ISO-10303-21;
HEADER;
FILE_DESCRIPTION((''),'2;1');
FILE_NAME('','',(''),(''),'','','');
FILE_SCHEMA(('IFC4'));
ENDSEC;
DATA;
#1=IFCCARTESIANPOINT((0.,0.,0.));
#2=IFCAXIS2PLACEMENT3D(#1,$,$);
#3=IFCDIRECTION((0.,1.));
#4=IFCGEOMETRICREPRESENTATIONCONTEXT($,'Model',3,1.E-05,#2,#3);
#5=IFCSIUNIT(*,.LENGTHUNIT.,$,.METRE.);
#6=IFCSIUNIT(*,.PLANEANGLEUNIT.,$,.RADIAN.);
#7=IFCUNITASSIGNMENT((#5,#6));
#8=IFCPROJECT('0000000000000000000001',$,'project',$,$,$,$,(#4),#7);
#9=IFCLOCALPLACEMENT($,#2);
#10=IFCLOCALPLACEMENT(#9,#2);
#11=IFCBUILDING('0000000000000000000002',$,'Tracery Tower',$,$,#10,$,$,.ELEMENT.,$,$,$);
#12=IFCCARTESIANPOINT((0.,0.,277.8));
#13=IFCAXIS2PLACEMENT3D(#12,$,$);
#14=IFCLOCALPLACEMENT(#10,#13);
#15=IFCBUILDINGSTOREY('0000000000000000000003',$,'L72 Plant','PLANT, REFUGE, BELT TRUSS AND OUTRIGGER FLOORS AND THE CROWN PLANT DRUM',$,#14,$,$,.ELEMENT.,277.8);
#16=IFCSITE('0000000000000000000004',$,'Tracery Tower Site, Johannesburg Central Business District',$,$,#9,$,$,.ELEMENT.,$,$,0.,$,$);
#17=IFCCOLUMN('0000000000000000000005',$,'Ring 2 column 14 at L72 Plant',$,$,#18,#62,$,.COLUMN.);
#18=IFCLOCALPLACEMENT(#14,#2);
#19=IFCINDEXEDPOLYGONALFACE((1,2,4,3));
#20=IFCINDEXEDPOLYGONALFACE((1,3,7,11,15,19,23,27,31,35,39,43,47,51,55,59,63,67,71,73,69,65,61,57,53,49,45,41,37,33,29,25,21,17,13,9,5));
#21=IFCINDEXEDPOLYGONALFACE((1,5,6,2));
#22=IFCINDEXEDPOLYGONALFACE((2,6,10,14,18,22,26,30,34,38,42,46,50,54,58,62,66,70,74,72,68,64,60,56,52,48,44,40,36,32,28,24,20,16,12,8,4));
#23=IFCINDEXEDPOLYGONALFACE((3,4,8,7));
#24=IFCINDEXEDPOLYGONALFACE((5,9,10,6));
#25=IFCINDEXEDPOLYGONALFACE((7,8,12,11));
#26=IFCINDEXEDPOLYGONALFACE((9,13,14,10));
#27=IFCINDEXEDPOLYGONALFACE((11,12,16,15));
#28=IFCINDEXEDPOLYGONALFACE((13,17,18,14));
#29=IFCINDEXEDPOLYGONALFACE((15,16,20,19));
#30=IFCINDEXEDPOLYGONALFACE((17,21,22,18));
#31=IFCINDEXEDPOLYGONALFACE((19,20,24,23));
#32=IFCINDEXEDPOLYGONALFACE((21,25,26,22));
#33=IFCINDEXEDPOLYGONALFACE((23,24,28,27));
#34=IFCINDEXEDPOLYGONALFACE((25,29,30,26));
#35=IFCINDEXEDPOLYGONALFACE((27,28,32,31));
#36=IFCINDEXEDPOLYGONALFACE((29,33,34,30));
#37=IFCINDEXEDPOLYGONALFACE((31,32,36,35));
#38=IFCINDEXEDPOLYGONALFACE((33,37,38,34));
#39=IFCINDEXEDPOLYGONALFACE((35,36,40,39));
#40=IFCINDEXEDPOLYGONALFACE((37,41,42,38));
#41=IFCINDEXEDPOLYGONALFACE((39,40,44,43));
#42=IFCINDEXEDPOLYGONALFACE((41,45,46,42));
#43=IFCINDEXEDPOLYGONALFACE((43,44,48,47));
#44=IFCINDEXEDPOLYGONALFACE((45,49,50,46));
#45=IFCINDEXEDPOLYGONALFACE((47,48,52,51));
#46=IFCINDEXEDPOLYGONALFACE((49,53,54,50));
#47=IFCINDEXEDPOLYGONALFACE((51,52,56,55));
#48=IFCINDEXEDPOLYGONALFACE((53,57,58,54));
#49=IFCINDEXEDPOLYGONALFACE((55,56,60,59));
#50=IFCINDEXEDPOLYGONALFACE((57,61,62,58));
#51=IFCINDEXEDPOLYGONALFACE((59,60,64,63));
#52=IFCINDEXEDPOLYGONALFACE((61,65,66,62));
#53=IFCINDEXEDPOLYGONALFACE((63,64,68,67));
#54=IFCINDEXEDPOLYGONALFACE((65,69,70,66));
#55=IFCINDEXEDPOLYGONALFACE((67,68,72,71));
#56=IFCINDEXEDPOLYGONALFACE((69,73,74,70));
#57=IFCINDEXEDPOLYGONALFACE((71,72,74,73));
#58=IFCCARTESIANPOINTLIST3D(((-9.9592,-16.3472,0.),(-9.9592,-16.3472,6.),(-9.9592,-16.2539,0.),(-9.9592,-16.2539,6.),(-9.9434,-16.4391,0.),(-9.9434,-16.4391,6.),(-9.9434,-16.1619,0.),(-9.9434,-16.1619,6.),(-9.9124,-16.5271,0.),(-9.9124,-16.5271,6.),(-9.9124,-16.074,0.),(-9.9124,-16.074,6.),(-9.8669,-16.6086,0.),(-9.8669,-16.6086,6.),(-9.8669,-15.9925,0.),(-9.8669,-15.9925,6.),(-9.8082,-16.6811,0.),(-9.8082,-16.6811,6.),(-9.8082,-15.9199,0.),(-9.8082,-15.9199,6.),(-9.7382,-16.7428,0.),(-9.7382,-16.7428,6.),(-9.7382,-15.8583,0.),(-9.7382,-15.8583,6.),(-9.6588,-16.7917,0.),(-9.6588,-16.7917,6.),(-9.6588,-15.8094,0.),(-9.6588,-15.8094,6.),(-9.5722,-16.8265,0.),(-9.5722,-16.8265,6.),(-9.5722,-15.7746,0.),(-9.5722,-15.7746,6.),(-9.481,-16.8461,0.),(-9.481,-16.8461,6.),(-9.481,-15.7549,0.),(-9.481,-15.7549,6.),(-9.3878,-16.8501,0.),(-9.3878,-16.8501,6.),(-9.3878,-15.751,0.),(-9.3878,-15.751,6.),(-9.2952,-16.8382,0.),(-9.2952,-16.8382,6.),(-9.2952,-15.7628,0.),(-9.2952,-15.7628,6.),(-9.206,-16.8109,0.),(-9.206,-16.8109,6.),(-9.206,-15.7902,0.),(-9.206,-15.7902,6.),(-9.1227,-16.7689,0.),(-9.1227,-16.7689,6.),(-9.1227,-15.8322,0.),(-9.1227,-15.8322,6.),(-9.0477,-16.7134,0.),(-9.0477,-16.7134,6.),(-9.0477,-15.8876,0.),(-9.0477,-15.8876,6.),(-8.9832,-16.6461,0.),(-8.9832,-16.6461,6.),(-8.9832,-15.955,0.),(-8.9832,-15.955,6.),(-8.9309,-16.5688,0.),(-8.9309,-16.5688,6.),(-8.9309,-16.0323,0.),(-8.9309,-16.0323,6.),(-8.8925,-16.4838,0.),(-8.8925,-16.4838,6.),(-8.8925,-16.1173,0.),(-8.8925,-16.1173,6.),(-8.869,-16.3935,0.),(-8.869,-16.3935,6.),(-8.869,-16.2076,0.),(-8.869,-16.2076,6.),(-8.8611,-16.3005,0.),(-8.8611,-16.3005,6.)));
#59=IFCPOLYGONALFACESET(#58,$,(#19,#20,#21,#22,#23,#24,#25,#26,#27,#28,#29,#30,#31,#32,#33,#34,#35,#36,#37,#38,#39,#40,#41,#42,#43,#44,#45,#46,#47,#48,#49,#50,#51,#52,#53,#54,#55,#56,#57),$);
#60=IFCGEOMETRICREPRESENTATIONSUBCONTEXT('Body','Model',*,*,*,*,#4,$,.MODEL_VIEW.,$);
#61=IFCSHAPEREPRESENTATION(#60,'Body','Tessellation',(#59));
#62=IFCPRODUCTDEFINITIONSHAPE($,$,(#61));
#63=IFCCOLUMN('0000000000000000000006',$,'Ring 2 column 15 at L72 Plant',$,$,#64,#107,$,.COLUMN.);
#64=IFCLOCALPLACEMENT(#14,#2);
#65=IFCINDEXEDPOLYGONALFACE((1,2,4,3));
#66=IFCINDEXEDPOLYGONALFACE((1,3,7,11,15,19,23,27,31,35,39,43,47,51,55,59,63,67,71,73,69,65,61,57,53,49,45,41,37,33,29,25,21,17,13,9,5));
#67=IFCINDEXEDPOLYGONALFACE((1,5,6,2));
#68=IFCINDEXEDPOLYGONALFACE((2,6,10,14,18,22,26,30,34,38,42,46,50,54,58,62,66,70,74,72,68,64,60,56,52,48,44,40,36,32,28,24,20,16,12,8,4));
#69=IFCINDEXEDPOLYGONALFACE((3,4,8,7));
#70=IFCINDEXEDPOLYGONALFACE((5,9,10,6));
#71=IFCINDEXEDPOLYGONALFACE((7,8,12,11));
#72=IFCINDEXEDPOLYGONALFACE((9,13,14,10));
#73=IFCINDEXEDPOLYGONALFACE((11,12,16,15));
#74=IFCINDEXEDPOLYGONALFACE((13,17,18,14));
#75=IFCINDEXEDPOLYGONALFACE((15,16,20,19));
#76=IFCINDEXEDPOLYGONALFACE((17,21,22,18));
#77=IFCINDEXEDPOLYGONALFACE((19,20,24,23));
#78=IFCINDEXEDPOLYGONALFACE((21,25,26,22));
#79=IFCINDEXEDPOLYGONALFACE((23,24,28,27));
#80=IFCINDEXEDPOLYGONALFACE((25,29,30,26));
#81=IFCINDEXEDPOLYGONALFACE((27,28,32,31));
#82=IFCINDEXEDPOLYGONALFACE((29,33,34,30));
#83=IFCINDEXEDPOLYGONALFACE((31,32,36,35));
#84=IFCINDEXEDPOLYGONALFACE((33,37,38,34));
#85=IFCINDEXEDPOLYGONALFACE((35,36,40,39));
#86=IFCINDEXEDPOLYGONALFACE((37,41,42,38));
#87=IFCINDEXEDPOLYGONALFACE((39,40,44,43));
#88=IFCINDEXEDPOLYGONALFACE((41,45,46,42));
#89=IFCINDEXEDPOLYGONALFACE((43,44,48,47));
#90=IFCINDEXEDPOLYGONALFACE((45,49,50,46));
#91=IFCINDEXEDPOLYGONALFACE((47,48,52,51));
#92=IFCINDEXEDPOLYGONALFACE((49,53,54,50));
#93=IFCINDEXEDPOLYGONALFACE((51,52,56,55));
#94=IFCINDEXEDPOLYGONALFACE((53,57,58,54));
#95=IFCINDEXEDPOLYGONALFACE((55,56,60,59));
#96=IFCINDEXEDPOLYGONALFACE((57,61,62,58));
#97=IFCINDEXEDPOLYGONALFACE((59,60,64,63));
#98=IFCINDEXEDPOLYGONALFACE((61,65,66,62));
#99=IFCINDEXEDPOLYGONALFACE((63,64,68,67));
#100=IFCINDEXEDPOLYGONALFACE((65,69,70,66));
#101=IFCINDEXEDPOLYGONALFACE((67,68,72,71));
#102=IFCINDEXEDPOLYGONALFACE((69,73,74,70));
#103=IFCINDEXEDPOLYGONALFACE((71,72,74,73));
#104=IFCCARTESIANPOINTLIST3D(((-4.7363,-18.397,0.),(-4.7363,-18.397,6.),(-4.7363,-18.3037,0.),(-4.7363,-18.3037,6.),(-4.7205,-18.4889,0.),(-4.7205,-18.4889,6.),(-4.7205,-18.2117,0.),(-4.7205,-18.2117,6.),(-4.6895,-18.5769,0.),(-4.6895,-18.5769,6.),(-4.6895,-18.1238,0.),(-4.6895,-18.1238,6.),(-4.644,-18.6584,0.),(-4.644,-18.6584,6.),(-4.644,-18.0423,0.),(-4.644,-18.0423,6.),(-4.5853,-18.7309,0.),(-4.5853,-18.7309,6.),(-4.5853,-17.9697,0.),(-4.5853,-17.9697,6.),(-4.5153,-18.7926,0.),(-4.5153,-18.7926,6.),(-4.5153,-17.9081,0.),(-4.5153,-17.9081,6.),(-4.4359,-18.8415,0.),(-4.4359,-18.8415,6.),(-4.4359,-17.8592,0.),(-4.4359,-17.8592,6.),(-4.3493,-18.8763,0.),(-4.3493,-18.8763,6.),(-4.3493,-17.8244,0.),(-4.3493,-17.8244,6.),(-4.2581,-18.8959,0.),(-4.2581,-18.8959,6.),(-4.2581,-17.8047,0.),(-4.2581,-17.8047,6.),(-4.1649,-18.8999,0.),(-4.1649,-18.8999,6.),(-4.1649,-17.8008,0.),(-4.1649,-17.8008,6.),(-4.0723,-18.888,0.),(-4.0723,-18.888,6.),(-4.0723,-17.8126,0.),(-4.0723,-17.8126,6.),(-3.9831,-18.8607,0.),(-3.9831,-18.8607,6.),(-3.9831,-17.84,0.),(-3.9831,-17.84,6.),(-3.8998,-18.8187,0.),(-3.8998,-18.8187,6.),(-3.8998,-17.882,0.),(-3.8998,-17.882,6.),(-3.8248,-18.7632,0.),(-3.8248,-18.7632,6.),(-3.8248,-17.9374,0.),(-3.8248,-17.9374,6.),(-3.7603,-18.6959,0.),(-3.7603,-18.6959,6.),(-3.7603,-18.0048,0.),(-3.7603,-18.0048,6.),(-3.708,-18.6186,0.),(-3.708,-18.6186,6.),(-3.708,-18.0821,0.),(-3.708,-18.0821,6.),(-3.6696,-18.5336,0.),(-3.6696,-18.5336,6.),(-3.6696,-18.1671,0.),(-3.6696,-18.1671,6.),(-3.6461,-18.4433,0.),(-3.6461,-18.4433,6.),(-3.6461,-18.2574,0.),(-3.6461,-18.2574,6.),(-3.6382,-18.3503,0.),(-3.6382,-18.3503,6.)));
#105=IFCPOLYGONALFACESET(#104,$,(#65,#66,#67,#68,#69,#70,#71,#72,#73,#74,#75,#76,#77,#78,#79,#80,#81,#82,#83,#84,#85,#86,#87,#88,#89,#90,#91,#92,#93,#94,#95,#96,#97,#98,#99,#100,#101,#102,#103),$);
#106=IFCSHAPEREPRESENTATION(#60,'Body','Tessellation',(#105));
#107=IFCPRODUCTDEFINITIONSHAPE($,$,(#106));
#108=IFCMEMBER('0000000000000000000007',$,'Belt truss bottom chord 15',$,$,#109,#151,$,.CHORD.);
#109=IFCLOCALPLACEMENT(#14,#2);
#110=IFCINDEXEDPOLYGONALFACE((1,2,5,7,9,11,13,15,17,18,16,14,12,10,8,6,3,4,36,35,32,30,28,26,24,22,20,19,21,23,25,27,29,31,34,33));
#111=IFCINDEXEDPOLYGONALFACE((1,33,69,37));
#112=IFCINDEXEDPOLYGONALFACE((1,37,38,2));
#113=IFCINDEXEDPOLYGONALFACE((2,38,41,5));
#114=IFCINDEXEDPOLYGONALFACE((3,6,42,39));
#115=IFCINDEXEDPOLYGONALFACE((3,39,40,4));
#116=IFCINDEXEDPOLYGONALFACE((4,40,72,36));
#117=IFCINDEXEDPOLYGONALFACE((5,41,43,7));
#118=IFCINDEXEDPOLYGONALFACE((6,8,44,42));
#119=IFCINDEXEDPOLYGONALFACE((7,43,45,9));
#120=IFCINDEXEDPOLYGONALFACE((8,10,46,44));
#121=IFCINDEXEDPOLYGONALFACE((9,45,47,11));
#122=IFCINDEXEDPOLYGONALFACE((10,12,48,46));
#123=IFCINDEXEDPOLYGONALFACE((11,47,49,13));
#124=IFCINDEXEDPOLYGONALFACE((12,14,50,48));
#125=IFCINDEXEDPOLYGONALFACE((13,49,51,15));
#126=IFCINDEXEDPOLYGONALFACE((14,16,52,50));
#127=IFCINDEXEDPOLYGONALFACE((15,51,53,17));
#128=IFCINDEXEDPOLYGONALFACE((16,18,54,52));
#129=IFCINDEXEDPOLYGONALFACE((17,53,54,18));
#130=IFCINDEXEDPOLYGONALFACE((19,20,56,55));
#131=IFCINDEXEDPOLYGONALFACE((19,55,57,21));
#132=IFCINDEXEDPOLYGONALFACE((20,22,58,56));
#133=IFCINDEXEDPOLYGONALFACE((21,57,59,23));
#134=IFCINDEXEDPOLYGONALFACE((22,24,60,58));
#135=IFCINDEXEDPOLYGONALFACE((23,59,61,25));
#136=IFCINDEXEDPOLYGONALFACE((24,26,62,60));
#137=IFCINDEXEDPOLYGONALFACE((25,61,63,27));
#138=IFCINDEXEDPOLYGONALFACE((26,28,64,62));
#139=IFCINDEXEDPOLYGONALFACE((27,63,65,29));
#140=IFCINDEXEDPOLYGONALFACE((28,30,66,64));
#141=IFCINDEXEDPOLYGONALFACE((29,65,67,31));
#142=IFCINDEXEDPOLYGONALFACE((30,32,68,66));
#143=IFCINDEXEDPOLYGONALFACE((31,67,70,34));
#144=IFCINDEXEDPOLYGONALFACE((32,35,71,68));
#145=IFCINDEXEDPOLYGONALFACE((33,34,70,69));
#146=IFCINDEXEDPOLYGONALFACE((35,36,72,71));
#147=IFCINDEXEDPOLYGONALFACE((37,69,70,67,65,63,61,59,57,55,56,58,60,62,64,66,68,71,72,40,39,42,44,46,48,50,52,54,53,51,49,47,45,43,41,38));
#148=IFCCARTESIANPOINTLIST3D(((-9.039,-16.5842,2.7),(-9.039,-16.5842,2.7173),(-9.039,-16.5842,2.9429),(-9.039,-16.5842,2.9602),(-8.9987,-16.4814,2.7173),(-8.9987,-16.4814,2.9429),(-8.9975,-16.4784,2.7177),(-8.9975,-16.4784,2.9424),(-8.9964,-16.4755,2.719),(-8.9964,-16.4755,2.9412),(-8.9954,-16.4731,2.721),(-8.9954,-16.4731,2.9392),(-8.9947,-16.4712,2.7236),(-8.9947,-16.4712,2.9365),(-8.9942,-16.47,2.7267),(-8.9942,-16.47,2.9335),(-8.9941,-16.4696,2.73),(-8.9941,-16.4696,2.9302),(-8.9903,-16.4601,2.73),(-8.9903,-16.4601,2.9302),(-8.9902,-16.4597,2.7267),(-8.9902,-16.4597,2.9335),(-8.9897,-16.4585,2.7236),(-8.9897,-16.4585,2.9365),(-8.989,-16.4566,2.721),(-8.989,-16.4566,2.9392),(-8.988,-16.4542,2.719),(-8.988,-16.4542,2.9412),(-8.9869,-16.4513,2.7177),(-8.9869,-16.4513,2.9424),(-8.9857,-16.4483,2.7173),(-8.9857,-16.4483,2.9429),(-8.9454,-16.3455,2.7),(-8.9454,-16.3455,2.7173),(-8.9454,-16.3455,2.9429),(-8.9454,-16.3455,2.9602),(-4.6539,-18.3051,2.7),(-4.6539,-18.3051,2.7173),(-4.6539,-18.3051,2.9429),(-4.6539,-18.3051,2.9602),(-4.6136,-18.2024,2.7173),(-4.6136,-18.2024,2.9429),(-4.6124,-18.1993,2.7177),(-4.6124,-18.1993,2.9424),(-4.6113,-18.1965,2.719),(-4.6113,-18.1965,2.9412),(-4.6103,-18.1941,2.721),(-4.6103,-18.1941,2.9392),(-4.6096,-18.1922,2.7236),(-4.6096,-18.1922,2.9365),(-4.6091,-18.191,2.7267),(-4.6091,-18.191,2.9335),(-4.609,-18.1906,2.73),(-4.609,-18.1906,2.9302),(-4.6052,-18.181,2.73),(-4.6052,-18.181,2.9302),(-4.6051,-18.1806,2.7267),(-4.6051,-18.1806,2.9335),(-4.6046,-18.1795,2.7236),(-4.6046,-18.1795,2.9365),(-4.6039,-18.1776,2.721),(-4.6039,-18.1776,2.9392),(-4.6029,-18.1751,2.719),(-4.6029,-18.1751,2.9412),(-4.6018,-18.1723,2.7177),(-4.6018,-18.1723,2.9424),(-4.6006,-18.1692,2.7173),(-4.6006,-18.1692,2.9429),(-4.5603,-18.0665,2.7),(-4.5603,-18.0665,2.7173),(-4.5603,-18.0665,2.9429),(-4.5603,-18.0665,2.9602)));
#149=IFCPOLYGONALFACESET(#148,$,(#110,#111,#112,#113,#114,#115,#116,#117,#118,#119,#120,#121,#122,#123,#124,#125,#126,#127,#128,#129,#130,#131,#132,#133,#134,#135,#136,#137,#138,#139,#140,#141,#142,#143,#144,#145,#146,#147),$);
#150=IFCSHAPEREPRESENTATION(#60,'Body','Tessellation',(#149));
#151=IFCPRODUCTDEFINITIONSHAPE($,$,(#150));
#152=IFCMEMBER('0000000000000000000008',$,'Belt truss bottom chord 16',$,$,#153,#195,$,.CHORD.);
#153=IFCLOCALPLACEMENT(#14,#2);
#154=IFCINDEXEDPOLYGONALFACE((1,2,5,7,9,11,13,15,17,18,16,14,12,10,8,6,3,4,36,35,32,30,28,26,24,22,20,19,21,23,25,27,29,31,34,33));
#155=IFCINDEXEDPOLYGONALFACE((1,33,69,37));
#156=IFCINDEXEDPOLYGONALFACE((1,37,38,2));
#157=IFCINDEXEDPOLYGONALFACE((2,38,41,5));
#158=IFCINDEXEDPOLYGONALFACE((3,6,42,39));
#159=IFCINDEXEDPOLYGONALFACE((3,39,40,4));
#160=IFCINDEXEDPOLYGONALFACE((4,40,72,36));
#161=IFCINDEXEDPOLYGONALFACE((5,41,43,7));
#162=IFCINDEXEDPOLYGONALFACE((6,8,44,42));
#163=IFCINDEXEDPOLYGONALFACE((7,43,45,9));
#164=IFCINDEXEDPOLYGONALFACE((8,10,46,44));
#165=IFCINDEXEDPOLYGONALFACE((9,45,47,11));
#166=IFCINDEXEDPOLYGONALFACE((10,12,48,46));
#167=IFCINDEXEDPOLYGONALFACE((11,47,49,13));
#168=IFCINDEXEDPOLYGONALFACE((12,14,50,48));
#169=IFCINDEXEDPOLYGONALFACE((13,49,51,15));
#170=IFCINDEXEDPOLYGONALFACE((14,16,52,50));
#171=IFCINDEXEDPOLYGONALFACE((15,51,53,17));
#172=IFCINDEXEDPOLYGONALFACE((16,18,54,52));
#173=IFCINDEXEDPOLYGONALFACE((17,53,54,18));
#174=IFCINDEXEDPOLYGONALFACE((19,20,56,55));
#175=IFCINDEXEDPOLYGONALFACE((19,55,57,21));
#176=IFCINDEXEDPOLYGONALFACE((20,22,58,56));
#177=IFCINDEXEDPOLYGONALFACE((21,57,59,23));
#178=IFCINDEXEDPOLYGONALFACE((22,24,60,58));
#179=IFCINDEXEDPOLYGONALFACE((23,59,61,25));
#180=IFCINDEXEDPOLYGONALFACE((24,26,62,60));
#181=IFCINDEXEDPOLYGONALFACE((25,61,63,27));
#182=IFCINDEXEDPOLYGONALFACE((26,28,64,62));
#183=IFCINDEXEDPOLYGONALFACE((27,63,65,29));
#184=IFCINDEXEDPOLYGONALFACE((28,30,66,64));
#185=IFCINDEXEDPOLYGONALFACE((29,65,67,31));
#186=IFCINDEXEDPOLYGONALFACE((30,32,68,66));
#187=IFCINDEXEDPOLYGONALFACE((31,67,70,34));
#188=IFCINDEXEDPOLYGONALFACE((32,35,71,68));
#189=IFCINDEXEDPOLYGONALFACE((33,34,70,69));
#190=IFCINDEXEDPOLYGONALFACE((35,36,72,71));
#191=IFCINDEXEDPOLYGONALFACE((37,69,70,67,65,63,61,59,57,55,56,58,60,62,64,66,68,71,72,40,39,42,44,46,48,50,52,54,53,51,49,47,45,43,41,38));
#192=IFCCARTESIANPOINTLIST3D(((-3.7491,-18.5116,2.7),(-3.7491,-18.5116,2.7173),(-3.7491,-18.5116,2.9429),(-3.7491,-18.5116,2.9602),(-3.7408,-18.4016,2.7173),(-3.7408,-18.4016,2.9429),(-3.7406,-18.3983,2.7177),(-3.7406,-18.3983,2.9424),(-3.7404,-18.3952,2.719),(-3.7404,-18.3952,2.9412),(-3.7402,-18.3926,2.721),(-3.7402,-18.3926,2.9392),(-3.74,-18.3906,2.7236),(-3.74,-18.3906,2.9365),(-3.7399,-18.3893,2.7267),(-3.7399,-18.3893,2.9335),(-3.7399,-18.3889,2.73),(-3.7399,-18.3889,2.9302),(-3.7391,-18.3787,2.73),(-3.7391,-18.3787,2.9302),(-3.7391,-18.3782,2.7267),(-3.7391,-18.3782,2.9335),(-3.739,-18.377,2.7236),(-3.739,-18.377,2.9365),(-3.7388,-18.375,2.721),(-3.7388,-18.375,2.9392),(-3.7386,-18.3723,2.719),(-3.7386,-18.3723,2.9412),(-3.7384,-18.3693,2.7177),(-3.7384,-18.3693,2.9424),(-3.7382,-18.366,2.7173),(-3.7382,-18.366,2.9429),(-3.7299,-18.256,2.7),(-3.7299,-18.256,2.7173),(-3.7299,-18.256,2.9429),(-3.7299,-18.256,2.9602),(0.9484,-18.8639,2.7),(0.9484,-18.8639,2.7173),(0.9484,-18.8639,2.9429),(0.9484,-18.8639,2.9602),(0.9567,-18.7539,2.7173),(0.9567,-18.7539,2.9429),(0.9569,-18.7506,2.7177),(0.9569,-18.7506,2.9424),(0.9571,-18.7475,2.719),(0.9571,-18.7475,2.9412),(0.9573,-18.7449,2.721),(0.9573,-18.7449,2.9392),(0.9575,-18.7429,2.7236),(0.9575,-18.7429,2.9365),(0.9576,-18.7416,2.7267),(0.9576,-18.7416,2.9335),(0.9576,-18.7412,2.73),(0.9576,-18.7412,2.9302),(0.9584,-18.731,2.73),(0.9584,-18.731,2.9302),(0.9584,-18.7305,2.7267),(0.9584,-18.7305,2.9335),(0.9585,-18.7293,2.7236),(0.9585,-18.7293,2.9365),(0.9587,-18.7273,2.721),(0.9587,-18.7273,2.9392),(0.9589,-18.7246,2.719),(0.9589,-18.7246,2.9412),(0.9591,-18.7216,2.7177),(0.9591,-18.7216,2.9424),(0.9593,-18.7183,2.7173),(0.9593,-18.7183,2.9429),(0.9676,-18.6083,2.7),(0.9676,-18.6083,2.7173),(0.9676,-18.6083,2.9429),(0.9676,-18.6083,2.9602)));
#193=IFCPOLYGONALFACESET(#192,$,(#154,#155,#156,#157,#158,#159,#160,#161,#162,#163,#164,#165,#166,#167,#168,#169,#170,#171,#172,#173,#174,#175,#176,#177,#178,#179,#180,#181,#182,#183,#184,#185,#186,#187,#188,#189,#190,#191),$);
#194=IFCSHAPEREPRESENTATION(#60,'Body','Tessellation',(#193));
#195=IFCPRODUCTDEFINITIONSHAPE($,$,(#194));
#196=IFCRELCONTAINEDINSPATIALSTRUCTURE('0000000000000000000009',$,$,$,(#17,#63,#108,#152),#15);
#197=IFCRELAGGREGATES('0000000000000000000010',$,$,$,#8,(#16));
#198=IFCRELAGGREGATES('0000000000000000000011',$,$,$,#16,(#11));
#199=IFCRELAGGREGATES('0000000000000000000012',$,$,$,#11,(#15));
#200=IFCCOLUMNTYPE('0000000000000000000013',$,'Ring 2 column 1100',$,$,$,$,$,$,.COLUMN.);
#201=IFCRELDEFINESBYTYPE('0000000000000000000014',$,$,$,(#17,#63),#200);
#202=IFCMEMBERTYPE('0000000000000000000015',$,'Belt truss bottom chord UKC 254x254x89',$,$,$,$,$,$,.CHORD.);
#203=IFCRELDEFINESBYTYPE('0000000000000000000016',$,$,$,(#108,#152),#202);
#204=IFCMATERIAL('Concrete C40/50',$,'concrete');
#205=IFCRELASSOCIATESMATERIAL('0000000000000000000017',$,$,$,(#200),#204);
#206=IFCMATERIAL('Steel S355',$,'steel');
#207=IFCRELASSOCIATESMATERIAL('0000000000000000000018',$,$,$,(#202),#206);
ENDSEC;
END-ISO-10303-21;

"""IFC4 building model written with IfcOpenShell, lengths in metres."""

from ifc_helpers import new_model, si_unit, direction, frame, origin, origin_2d, place, context, subcontext, project, spatial, circle, i_section, extrude, material, material_profile, profile_set, type_object, element, save


model = new_model("IFC4")

# Units and contexts
model_context = context("Model", 3, precision=1e-05, world=origin(), true_north=direction((0.0, 1.0)))
body_context = subcontext(model_context, "Body", "Model", "MODEL_VIEW")
ifc_project = project(units=[si_unit("LENGTHUNIT", "METRE"), si_unit("PLANEANGLEUNIT", "RADIAN")], contexts=[model_context])

# Site, building, storey
site_placement = place(None, origin())
site = spatial("IfcSite", under=ifc_project, at=site_placement, Name="Tracery Tower Site, Johannesburg Central Business District", CompositionType="ELEMENT", RefElevation=0.0)
building_placement = place(site_placement, origin())
building = spatial("IfcBuilding", under=site, at=building_placement, Name="Tracery Tower", CompositionType="ELEMENT")
storey_placement = place(building_placement, frame((0.0, 0.0, 277.8)))
storey = spatial("IfcBuildingStorey", under=building, at=storey_placement, Name="L72 Plant", Description="PLANT, REFUGE, BELT TRUSS AND OUTRIGGER FLOORS AND THE CROWN PLANT DRUM", CompositionType="ELEMENT", Elevation=277.8)

# Columns
ifc_material_1 = material(Name="Concrete C40/50", Category="concrete")
ifc_material_profile_1 = material_profile(ifc_material_1, circle(Radius=0.55, at=origin_2d()), Name="RC D1100")
ifc_profile_set_1 = profile_set([ifc_material_profile_1], Name="Concrete C40/50")
column_type = type_object("IfcColumnType", Name="Ring 2 column 1100", PredefinedType="COLUMN", material=ifc_profile_set_1)
for number, where, z_axis, x_axis, name in (
    (1, (-9.4111, -16.3005, 0.0), (0.0, 0.0, 1.0), (1.0, 0.0, 0.0), "Ring 2 column 14 at L72 Plant"),
    (2, (-4.1882, -18.3503, 0.0), (0.0, 0.0, 1.0), (1.0, 0.0, 0.0), "Ring 2 column 15 at L72 Plant"),
):
    element("IfcColumn", number, at=place(storey_placement, frame(where, z_axis=z_axis, x_axis=x_axis)), inside=storey, type_object=column_type, Name=name, PredefinedType="COLUMN", context=body_context, shape_type="SweptSolid", body=[
        extrude(circle(Radius=0.55, at=origin_2d()), origin(), (0.0, 0.0, 1.0), 6.0),
    ])

# Members
ifc_material_2 = material(Name="Steel S355", Category="steel")
ifc_material_profile_2 = material_profile(ifc_material_2, i_section(OverallWidth=0.2563, OverallDepth=0.2603, WebThickness=0.0103, FlangeThickness=0.0173, FilletRadius=0.0127, at=origin_2d()), Name="UKC 254x254x89")
ifc_profile_set_2 = profile_set([ifc_material_profile_2], Name="Steel S355")
member_type_1 = type_object("IfcMemberType", Name="Belt truss bottom chord UKC 254x254x89", PredefinedType="CHORD", material=ifc_profile_set_2)
for number, where, z_axis, x_axis, name in (
    (3, (-8.9922, -16.4648, 2.8301), (0.930877, -0.365333, 0.0), (0.365333, 0.930877, 0.0), "Belt truss bottom chord 15"),
    (4, (-3.7395, -18.3838, 2.8301), (0.9972, -0.074786, 0.0), (0.074786, 0.9972, 0.0), "Belt truss bottom chord 16"),
):
    element("IfcMember", number, at=place(storey_placement, frame(where, z_axis=z_axis, x_axis=x_axis)), inside=storey, type_object=member_type_1, Name=name, PredefinedType="CHORD", context=body_context, shape_type="SweptSolid", body=[
        extrude(i_section(OverallWidth=0.2563, OverallDepth=0.2603, WebThickness=0.0103, FlangeThickness=0.0173, FilletRadius=0.0127, at=origin_2d()), origin(), (0.0, 0.0, 1.0), 4.7107),
    ])

save(model, "model.ifc")
